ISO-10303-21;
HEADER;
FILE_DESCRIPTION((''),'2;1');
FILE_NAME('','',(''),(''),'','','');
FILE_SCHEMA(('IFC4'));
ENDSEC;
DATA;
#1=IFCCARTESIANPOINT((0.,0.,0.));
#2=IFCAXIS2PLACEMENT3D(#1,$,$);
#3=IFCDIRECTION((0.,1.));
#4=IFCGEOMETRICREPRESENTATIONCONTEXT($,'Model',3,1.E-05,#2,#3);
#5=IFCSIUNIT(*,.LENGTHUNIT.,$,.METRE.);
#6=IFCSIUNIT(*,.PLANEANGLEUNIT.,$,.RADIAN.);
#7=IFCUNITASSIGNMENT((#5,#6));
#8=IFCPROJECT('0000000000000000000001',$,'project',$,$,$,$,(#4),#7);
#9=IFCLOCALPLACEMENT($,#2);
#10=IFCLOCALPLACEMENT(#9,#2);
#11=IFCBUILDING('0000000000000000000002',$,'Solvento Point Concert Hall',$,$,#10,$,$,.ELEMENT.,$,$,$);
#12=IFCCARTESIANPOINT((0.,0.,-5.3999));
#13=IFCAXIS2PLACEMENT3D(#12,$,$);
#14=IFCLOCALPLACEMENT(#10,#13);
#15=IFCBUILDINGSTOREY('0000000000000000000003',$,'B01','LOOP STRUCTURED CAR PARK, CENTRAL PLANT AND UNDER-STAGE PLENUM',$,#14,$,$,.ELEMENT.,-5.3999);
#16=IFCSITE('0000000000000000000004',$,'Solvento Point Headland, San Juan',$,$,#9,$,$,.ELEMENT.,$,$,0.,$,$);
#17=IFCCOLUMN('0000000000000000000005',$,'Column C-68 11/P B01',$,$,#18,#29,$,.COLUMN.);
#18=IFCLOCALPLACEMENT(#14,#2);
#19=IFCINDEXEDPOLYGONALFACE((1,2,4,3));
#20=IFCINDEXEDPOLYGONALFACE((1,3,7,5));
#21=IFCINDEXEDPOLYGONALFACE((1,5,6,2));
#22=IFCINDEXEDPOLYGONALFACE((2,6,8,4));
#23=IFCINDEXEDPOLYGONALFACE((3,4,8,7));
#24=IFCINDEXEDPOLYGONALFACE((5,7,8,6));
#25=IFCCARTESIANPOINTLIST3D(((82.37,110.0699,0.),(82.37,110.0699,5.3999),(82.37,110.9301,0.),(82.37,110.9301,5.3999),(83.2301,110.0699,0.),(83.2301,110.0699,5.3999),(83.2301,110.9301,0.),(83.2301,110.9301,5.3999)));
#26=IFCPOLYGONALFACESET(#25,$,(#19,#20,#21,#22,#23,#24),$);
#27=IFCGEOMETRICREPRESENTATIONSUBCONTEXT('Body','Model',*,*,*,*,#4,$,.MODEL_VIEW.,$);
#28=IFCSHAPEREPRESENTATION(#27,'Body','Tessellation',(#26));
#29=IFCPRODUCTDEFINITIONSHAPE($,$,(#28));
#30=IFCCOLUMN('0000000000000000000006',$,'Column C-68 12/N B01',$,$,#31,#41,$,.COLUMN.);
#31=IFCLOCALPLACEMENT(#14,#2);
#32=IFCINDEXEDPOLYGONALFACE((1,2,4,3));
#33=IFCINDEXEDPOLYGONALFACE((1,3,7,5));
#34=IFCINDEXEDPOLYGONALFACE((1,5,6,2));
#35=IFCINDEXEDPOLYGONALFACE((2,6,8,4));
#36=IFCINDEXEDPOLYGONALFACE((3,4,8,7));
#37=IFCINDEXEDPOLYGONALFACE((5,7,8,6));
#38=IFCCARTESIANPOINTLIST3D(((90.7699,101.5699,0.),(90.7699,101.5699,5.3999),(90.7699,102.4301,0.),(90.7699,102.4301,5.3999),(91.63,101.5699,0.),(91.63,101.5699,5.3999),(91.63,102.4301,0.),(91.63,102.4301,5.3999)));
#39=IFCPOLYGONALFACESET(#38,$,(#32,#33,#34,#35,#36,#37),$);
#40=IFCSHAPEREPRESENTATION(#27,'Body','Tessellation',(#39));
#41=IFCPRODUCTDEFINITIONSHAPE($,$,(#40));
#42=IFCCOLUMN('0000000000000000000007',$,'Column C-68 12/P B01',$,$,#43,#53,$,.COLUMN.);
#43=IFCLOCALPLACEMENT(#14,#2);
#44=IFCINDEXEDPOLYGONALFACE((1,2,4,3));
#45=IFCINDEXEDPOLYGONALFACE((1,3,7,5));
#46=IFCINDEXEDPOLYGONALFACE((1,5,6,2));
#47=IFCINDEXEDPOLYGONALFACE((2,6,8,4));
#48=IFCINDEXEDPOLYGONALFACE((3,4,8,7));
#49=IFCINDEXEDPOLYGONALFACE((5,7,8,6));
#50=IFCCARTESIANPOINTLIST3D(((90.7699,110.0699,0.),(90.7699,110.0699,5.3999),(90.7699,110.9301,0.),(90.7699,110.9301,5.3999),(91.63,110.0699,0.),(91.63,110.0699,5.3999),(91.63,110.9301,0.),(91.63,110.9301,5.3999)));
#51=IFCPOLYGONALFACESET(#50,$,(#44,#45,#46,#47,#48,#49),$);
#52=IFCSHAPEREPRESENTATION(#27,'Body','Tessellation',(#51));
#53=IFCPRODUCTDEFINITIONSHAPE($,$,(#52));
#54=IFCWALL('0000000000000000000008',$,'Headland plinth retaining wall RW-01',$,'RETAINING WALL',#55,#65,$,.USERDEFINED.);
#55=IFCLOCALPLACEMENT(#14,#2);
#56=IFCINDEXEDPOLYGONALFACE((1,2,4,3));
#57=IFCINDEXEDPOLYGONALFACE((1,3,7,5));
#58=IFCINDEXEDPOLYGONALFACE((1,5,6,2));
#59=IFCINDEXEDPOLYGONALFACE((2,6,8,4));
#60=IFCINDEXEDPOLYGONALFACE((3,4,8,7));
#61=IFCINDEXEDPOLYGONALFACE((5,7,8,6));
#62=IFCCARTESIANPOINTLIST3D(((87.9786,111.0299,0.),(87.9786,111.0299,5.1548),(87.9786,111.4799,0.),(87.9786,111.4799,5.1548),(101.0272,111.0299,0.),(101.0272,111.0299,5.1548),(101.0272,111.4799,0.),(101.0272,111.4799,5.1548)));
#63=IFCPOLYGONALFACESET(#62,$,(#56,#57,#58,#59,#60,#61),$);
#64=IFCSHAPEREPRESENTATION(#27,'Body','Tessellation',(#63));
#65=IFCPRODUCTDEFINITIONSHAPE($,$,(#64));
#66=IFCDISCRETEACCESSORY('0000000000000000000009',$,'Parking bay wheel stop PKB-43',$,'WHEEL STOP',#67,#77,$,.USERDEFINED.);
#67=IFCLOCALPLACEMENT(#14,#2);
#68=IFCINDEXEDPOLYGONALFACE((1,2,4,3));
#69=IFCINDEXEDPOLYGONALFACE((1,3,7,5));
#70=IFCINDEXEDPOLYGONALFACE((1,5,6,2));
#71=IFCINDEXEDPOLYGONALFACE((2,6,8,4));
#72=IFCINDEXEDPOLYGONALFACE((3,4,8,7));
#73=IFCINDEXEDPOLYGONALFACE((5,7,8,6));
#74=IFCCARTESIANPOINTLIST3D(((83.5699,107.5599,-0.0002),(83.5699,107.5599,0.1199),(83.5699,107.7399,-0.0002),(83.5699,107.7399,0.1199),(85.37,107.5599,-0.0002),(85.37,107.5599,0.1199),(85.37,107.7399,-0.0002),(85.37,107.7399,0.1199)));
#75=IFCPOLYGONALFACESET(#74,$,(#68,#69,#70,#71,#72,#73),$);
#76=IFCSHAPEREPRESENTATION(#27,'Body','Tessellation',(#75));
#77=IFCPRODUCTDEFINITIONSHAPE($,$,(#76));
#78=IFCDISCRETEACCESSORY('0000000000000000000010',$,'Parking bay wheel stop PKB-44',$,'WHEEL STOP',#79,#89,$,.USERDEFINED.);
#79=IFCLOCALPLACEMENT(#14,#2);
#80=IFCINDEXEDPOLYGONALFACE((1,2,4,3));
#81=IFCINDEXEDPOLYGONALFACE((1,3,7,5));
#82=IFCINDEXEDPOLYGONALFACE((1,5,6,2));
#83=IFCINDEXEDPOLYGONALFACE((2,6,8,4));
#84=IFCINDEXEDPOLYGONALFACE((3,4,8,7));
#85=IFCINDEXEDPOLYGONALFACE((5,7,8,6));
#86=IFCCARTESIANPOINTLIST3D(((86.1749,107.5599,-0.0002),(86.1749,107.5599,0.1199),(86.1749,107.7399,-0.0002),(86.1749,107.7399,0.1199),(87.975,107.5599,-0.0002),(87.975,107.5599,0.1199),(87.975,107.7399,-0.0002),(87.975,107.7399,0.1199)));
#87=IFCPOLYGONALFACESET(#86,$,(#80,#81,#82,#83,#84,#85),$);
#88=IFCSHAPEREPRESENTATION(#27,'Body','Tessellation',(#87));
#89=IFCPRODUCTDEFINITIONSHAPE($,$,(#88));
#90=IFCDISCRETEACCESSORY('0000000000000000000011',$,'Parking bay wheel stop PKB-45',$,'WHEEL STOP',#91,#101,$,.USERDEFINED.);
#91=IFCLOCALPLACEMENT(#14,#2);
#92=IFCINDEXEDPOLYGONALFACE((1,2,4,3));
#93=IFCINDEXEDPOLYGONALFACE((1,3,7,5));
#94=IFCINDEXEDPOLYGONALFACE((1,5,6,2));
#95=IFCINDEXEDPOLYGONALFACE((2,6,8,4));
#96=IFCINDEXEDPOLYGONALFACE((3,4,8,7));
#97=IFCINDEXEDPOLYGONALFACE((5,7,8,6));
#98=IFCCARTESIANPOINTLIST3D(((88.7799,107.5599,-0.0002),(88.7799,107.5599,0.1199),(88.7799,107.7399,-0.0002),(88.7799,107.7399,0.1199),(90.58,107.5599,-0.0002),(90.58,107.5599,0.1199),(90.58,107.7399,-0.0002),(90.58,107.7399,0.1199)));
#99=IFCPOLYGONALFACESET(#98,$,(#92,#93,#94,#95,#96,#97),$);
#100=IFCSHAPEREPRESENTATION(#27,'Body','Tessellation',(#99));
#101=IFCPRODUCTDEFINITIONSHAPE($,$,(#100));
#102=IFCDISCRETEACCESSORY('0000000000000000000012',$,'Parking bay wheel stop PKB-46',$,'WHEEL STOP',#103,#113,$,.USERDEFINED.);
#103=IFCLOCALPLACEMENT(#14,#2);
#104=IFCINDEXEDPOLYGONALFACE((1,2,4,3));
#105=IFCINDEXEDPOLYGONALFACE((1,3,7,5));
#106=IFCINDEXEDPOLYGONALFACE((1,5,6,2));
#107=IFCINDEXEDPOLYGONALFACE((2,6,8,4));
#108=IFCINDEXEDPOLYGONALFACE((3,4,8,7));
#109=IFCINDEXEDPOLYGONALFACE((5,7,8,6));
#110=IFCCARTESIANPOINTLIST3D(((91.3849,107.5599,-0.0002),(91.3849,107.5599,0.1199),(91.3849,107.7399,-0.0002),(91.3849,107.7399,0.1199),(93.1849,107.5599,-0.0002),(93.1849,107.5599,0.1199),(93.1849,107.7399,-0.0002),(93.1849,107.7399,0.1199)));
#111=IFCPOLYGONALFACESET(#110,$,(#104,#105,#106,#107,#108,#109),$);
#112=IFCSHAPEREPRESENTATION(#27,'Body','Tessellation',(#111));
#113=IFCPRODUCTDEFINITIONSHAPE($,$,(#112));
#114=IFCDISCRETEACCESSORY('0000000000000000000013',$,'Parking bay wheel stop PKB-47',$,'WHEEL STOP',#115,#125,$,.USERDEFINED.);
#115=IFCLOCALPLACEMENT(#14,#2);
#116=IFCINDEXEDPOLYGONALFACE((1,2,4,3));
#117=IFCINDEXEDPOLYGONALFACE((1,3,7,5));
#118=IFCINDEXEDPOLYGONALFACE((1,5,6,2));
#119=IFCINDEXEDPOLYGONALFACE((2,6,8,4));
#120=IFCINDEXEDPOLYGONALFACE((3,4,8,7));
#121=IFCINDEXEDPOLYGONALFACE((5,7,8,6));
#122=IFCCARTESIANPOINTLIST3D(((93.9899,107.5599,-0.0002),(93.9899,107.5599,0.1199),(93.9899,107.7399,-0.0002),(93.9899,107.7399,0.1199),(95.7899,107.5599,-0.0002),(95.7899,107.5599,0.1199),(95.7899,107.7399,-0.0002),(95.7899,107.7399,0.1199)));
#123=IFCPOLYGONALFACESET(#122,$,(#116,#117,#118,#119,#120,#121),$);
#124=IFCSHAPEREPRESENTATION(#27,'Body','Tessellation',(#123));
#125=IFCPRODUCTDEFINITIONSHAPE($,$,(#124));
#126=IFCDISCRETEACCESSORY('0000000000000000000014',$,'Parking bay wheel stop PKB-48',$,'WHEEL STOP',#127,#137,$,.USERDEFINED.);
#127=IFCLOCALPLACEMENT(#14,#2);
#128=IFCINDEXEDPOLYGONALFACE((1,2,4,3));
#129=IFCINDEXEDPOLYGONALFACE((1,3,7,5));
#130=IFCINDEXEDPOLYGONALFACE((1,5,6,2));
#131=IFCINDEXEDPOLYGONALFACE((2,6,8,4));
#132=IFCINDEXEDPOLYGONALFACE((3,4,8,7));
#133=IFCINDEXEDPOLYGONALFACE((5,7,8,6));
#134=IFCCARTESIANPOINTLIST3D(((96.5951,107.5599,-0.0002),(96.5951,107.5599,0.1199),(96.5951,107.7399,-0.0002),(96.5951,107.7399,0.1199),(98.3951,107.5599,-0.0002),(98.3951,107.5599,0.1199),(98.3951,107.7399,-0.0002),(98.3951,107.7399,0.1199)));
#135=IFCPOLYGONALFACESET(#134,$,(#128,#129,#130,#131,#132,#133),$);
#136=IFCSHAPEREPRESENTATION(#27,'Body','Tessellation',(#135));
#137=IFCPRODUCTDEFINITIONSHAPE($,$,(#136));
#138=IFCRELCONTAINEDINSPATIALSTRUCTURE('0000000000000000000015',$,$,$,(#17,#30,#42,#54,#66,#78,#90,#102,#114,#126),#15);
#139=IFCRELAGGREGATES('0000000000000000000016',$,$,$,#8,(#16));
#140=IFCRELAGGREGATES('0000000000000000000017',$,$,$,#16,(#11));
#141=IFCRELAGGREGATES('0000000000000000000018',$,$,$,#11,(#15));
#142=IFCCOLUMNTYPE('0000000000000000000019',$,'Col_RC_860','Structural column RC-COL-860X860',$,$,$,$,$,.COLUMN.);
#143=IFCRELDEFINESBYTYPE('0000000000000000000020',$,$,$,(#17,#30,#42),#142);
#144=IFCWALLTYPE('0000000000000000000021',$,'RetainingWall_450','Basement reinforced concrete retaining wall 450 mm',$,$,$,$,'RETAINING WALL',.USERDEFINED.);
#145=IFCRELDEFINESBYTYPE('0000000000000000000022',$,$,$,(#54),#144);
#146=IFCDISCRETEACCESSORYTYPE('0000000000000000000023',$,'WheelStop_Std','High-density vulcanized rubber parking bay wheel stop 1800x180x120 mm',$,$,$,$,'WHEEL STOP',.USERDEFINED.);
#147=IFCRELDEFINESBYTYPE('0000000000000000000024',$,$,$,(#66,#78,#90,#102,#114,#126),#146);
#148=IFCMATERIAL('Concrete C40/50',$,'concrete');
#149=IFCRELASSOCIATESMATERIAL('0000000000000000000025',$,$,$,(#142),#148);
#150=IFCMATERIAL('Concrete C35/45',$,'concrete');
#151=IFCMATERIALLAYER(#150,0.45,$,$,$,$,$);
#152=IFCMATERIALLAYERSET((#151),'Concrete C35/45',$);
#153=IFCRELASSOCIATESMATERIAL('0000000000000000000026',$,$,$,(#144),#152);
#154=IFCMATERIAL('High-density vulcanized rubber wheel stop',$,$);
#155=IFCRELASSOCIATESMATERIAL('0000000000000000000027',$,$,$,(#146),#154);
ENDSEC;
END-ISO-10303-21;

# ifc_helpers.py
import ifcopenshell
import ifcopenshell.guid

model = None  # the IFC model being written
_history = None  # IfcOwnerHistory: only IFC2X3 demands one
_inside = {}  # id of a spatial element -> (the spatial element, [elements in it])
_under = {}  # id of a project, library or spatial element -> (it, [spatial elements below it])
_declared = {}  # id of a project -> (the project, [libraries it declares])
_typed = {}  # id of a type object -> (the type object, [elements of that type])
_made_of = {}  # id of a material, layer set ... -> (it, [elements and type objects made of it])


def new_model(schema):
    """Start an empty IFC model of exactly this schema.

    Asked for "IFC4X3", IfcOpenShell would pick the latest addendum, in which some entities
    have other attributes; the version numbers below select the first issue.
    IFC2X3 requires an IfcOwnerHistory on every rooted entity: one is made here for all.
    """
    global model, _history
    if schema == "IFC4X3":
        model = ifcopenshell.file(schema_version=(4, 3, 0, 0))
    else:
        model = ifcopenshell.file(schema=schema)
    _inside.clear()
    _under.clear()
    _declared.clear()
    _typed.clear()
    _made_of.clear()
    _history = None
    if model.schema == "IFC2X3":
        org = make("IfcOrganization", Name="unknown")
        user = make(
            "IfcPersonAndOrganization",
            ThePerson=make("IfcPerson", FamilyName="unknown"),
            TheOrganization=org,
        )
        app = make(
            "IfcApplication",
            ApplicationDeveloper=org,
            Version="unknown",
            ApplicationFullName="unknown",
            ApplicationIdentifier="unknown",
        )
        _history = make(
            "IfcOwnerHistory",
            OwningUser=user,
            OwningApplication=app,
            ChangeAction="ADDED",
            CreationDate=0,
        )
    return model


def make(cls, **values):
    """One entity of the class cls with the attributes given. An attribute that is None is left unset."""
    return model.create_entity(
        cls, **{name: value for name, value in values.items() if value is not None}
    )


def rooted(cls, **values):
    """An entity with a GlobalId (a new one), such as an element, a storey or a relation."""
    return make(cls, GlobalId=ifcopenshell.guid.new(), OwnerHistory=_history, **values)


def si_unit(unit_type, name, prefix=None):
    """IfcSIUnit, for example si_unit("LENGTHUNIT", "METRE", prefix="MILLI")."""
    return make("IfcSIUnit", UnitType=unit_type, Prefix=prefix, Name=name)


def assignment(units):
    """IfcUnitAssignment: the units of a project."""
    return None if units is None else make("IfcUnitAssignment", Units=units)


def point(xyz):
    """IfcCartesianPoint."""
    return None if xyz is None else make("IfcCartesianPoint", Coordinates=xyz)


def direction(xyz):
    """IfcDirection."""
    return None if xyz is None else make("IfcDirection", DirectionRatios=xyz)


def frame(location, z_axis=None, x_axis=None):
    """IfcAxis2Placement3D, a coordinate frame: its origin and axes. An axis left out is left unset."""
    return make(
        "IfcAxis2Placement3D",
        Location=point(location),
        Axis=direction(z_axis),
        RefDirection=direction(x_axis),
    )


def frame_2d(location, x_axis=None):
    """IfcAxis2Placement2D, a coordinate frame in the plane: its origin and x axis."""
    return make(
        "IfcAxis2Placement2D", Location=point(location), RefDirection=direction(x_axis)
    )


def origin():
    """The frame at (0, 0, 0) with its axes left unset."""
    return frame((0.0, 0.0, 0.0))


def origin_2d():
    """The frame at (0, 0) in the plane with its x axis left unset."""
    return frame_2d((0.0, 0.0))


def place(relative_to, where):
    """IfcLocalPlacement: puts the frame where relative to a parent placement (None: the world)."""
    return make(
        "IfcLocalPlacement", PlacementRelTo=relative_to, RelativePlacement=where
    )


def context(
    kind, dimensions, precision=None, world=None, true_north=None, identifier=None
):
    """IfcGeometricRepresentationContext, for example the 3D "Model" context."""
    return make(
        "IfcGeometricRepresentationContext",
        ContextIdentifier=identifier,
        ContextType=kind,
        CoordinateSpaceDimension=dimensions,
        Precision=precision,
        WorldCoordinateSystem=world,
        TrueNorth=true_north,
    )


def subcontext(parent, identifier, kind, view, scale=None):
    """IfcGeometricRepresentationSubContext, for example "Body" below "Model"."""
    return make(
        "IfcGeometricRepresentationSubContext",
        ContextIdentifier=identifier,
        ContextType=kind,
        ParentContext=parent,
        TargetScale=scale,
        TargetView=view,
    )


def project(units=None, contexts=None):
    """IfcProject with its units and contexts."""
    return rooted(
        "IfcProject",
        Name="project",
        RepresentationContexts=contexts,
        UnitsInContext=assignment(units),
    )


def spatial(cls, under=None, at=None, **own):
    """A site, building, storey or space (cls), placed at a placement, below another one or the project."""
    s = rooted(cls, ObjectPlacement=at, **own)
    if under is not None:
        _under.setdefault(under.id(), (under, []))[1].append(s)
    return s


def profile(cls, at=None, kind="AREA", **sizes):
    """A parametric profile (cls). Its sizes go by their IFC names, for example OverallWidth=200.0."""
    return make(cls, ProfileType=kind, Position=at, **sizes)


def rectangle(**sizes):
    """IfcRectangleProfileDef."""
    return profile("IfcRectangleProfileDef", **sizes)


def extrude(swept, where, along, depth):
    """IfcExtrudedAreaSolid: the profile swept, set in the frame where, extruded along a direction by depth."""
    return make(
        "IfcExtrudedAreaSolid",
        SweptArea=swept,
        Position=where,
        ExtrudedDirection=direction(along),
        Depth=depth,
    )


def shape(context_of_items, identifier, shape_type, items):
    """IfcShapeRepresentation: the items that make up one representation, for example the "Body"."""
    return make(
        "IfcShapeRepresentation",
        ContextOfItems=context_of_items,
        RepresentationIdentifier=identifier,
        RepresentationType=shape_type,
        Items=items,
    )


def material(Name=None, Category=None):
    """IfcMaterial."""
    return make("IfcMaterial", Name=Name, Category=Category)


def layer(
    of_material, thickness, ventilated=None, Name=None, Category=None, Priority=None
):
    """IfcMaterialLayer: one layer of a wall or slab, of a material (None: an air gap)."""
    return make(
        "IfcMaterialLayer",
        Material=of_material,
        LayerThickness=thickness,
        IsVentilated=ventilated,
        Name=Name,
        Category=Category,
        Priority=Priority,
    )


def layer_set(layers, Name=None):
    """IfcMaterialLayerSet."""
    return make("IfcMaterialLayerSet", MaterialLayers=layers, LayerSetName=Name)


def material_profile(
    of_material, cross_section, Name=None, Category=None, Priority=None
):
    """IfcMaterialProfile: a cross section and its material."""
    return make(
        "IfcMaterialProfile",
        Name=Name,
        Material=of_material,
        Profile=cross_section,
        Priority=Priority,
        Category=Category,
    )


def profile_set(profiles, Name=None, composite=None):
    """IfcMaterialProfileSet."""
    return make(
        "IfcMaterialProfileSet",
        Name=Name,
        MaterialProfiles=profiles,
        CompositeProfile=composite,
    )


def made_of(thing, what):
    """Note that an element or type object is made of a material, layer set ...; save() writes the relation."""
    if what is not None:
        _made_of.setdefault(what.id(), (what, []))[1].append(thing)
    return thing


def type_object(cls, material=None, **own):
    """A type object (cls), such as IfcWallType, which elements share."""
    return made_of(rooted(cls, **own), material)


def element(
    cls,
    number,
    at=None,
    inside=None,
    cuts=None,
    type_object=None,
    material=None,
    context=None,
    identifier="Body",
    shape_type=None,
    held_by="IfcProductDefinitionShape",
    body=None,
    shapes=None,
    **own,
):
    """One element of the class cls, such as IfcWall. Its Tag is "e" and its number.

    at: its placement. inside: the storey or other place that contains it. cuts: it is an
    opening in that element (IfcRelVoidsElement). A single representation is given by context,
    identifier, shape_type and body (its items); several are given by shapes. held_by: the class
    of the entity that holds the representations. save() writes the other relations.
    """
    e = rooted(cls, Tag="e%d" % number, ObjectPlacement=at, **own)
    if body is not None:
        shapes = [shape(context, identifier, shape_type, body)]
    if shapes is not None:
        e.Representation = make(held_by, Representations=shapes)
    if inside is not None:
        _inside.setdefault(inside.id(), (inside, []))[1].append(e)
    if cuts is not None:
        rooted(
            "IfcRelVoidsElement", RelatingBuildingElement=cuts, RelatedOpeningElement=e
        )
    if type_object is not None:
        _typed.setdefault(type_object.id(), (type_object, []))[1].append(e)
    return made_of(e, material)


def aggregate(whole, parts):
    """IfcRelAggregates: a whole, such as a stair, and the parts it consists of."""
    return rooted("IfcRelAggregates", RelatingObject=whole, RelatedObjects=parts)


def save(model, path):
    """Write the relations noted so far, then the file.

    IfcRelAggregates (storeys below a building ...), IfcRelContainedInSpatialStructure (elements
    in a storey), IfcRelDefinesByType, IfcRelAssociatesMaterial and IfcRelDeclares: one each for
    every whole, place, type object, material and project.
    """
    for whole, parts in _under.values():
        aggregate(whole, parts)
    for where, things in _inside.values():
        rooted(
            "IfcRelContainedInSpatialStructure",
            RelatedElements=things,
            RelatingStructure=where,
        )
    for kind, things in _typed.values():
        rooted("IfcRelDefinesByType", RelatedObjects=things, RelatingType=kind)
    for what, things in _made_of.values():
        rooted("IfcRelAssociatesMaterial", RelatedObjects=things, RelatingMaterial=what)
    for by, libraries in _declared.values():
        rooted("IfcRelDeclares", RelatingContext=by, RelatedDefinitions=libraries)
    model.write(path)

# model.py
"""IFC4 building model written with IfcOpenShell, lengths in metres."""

from ifc_helpers import new_model, si_unit, direction, frame, frame_2d, origin, origin_2d, place, context, subcontext, project, spatial, rectangle, extrude, material, layer, layer_set, material_profile, profile_set, type_object, element, save


model = new_model("IFC4")

# Units and contexts
model_context = context("Model", 3, precision=1e-05, world=origin(), true_north=direction((0.0, 1.0)))
body_context = subcontext(model_context, "Body", "Model", "MODEL_VIEW")
ifc_project = project(units=[si_unit("LENGTHUNIT", "METRE"), si_unit("PLANEANGLEUNIT", "RADIAN")], contexts=[model_context])

# Site, building, storey
site_placement = place(None, origin())
site = spatial("IfcSite", under=ifc_project, at=site_placement, Name="Solvento Point Headland, San Juan", CompositionType="ELEMENT", RefElevation=0.0)
building_placement = place(site_placement, origin())
building = spatial("IfcBuilding", under=site, at=building_placement, Name="Solvento Point Concert Hall", CompositionType="ELEMENT")
storey_placement = place(building_placement, frame((0.0, 0.0, -5.3999)))
storey = spatial("IfcBuildingStorey", under=building, at=storey_placement, Name="B01", Description="LOOP STRUCTURED CAR PARK, CENTRAL PLANT AND UNDER-STAGE PLENUM", CompositionType="ELEMENT", Elevation=-5.3999)

# Columns
ifc_material_1 = material(Name="Concrete C40/50", Category="concrete")
ifc_material_profile_1 = material_profile(ifc_material_1, rectangle(XDim=0.8601, YDim=0.8601, at=origin_2d()), Name="RC-COL-860X860")
ifc_profile_set_1 = profile_set([ifc_material_profile_1], Name="Concrete C40/50")
column_type = type_object("IfcColumnType", Name="Col_RC_860", Description="Structural column RC-COL-860X860", PredefinedType="COLUMN", material=ifc_profile_set_1)
for number, where, z_axis, x_axis, name in (
    (1, (82.8, 110.5, 0.0), (0.0, 0.0, 1.0), (1.0, 0.0, 0.0), "Column C-68 11/P B01"),
    (2, (91.2, 102.0, 0.0), (0.0, 0.0, 1.0), (1.0, 0.0, 0.0), "Column C-68 12/N B01"),
    (3, (91.2, 110.5, 0.0), (0.0, 0.0, 1.0), (1.0, 0.0, 0.0), "Column C-68 12/P B01"),
):
    element("IfcColumn", number, at=place(storey_placement, frame(where, z_axis=z_axis, x_axis=x_axis)), inside=storey, type_object=column_type, Name=name, PredefinedType="COLUMN", context=body_context, shape_type="SweptSolid", body=[
        extrude(rectangle(XDim=0.8601, YDim=0.8601, at=origin_2d()), origin(), (0.0, 0.0, 1.0), 5.3999),
    ])

# Wall
ifc_material_2 = material(Name="Concrete C35/45", Category="concrete")
ifc_layer = layer(ifc_material_2, 0.45)
ifc_layer_set = layer_set([ifc_layer], Name="Concrete C35/45")
wall_type = type_object("IfcWallType", Name="RetainingWall_450", Description="Basement reinforced concrete retaining wall 450 mm", ElementType="RETAINING WALL", PredefinedType="USERDEFINED", material=ifc_layer_set)
wall_placement = place(storey_placement, frame((87.9785, 111.2549, 0.0), z_axis=(0.0, 0.0, 1.0), x_axis=(1.0, 0.0, 0.0)))
element("IfcWall", 4, at=wall_placement, inside=storey, type_object=wall_type, Name="Headland plinth retaining wall RW-01", ObjectType="RETAINING WALL", PredefinedType="USERDEFINED", context=body_context, shape_type="SweptSolid", body=[
    extrude(rectangle(XDim=13.0486, YDim=0.45, at=frame_2d((6.5244, 0.0))), origin(), (0.0, 0.0, 1.0), 5.1548),
])

# Discrete accessories
ifc_material_3 = material(Name="High-density vulcanized rubber wheel stop")
discrete_accessory_type = type_object("IfcDiscreteAccessoryType", Name="WheelStop_Std", Description="High-density vulcanized rubber parking bay wheel stop 1800x180x120 mm", ElementType="WHEEL STOP", PredefinedType="USERDEFINED", material=ifc_material_3)
for number, where, z_axis, x_axis, name in (
    (5, (84.47, 107.6499, -0.0002), (0.0, 0.0, 1.0), (1.0, 0.0, 0.0), "Parking bay wheel stop PKB-43"),
    (6, (87.075, 107.6499, -0.0002), (0.0, 0.0, 1.0), (1.0, 0.0, 0.0), "Parking bay wheel stop PKB-44"),
    (7, (89.6799, 107.6499, -0.0002), (0.0, 0.0, 1.0), (1.0, 0.0, 0.0), "Parking bay wheel stop PKB-45"),
    (8, (92.2849, 107.6499, -0.0002), (0.0, 0.0, 1.0), (1.0, 0.0, 0.0), "Parking bay wheel stop PKB-46"),
    (9, (94.8899, 107.6499, -0.0002), (0.0, 0.0, 1.0), (1.0, 0.0, 0.0), "Parking bay wheel stop PKB-47"),
    (10, (97.4951, 107.6499, -0.0002), (0.0, 0.0, 1.0), (1.0, 0.0, 0.0), "Parking bay wheel stop PKB-48"),
):
    element("IfcDiscreteAccessory", number, at=place(storey_placement, frame(where, z_axis=z_axis, x_axis=x_axis)), inside=storey, type_object=discrete_accessory_type, Name=name, ObjectType="WHEEL STOP", PredefinedType="USERDEFINED", context=body_context, shape_type="SweptSolid", body=[
        extrude(rectangle(XDim=1.8, YDim=0.1799, at=origin_2d()), origin(), (0.0, 0.0, 1.0), 0.1201),
    ])

save(model, "model.ifc")
